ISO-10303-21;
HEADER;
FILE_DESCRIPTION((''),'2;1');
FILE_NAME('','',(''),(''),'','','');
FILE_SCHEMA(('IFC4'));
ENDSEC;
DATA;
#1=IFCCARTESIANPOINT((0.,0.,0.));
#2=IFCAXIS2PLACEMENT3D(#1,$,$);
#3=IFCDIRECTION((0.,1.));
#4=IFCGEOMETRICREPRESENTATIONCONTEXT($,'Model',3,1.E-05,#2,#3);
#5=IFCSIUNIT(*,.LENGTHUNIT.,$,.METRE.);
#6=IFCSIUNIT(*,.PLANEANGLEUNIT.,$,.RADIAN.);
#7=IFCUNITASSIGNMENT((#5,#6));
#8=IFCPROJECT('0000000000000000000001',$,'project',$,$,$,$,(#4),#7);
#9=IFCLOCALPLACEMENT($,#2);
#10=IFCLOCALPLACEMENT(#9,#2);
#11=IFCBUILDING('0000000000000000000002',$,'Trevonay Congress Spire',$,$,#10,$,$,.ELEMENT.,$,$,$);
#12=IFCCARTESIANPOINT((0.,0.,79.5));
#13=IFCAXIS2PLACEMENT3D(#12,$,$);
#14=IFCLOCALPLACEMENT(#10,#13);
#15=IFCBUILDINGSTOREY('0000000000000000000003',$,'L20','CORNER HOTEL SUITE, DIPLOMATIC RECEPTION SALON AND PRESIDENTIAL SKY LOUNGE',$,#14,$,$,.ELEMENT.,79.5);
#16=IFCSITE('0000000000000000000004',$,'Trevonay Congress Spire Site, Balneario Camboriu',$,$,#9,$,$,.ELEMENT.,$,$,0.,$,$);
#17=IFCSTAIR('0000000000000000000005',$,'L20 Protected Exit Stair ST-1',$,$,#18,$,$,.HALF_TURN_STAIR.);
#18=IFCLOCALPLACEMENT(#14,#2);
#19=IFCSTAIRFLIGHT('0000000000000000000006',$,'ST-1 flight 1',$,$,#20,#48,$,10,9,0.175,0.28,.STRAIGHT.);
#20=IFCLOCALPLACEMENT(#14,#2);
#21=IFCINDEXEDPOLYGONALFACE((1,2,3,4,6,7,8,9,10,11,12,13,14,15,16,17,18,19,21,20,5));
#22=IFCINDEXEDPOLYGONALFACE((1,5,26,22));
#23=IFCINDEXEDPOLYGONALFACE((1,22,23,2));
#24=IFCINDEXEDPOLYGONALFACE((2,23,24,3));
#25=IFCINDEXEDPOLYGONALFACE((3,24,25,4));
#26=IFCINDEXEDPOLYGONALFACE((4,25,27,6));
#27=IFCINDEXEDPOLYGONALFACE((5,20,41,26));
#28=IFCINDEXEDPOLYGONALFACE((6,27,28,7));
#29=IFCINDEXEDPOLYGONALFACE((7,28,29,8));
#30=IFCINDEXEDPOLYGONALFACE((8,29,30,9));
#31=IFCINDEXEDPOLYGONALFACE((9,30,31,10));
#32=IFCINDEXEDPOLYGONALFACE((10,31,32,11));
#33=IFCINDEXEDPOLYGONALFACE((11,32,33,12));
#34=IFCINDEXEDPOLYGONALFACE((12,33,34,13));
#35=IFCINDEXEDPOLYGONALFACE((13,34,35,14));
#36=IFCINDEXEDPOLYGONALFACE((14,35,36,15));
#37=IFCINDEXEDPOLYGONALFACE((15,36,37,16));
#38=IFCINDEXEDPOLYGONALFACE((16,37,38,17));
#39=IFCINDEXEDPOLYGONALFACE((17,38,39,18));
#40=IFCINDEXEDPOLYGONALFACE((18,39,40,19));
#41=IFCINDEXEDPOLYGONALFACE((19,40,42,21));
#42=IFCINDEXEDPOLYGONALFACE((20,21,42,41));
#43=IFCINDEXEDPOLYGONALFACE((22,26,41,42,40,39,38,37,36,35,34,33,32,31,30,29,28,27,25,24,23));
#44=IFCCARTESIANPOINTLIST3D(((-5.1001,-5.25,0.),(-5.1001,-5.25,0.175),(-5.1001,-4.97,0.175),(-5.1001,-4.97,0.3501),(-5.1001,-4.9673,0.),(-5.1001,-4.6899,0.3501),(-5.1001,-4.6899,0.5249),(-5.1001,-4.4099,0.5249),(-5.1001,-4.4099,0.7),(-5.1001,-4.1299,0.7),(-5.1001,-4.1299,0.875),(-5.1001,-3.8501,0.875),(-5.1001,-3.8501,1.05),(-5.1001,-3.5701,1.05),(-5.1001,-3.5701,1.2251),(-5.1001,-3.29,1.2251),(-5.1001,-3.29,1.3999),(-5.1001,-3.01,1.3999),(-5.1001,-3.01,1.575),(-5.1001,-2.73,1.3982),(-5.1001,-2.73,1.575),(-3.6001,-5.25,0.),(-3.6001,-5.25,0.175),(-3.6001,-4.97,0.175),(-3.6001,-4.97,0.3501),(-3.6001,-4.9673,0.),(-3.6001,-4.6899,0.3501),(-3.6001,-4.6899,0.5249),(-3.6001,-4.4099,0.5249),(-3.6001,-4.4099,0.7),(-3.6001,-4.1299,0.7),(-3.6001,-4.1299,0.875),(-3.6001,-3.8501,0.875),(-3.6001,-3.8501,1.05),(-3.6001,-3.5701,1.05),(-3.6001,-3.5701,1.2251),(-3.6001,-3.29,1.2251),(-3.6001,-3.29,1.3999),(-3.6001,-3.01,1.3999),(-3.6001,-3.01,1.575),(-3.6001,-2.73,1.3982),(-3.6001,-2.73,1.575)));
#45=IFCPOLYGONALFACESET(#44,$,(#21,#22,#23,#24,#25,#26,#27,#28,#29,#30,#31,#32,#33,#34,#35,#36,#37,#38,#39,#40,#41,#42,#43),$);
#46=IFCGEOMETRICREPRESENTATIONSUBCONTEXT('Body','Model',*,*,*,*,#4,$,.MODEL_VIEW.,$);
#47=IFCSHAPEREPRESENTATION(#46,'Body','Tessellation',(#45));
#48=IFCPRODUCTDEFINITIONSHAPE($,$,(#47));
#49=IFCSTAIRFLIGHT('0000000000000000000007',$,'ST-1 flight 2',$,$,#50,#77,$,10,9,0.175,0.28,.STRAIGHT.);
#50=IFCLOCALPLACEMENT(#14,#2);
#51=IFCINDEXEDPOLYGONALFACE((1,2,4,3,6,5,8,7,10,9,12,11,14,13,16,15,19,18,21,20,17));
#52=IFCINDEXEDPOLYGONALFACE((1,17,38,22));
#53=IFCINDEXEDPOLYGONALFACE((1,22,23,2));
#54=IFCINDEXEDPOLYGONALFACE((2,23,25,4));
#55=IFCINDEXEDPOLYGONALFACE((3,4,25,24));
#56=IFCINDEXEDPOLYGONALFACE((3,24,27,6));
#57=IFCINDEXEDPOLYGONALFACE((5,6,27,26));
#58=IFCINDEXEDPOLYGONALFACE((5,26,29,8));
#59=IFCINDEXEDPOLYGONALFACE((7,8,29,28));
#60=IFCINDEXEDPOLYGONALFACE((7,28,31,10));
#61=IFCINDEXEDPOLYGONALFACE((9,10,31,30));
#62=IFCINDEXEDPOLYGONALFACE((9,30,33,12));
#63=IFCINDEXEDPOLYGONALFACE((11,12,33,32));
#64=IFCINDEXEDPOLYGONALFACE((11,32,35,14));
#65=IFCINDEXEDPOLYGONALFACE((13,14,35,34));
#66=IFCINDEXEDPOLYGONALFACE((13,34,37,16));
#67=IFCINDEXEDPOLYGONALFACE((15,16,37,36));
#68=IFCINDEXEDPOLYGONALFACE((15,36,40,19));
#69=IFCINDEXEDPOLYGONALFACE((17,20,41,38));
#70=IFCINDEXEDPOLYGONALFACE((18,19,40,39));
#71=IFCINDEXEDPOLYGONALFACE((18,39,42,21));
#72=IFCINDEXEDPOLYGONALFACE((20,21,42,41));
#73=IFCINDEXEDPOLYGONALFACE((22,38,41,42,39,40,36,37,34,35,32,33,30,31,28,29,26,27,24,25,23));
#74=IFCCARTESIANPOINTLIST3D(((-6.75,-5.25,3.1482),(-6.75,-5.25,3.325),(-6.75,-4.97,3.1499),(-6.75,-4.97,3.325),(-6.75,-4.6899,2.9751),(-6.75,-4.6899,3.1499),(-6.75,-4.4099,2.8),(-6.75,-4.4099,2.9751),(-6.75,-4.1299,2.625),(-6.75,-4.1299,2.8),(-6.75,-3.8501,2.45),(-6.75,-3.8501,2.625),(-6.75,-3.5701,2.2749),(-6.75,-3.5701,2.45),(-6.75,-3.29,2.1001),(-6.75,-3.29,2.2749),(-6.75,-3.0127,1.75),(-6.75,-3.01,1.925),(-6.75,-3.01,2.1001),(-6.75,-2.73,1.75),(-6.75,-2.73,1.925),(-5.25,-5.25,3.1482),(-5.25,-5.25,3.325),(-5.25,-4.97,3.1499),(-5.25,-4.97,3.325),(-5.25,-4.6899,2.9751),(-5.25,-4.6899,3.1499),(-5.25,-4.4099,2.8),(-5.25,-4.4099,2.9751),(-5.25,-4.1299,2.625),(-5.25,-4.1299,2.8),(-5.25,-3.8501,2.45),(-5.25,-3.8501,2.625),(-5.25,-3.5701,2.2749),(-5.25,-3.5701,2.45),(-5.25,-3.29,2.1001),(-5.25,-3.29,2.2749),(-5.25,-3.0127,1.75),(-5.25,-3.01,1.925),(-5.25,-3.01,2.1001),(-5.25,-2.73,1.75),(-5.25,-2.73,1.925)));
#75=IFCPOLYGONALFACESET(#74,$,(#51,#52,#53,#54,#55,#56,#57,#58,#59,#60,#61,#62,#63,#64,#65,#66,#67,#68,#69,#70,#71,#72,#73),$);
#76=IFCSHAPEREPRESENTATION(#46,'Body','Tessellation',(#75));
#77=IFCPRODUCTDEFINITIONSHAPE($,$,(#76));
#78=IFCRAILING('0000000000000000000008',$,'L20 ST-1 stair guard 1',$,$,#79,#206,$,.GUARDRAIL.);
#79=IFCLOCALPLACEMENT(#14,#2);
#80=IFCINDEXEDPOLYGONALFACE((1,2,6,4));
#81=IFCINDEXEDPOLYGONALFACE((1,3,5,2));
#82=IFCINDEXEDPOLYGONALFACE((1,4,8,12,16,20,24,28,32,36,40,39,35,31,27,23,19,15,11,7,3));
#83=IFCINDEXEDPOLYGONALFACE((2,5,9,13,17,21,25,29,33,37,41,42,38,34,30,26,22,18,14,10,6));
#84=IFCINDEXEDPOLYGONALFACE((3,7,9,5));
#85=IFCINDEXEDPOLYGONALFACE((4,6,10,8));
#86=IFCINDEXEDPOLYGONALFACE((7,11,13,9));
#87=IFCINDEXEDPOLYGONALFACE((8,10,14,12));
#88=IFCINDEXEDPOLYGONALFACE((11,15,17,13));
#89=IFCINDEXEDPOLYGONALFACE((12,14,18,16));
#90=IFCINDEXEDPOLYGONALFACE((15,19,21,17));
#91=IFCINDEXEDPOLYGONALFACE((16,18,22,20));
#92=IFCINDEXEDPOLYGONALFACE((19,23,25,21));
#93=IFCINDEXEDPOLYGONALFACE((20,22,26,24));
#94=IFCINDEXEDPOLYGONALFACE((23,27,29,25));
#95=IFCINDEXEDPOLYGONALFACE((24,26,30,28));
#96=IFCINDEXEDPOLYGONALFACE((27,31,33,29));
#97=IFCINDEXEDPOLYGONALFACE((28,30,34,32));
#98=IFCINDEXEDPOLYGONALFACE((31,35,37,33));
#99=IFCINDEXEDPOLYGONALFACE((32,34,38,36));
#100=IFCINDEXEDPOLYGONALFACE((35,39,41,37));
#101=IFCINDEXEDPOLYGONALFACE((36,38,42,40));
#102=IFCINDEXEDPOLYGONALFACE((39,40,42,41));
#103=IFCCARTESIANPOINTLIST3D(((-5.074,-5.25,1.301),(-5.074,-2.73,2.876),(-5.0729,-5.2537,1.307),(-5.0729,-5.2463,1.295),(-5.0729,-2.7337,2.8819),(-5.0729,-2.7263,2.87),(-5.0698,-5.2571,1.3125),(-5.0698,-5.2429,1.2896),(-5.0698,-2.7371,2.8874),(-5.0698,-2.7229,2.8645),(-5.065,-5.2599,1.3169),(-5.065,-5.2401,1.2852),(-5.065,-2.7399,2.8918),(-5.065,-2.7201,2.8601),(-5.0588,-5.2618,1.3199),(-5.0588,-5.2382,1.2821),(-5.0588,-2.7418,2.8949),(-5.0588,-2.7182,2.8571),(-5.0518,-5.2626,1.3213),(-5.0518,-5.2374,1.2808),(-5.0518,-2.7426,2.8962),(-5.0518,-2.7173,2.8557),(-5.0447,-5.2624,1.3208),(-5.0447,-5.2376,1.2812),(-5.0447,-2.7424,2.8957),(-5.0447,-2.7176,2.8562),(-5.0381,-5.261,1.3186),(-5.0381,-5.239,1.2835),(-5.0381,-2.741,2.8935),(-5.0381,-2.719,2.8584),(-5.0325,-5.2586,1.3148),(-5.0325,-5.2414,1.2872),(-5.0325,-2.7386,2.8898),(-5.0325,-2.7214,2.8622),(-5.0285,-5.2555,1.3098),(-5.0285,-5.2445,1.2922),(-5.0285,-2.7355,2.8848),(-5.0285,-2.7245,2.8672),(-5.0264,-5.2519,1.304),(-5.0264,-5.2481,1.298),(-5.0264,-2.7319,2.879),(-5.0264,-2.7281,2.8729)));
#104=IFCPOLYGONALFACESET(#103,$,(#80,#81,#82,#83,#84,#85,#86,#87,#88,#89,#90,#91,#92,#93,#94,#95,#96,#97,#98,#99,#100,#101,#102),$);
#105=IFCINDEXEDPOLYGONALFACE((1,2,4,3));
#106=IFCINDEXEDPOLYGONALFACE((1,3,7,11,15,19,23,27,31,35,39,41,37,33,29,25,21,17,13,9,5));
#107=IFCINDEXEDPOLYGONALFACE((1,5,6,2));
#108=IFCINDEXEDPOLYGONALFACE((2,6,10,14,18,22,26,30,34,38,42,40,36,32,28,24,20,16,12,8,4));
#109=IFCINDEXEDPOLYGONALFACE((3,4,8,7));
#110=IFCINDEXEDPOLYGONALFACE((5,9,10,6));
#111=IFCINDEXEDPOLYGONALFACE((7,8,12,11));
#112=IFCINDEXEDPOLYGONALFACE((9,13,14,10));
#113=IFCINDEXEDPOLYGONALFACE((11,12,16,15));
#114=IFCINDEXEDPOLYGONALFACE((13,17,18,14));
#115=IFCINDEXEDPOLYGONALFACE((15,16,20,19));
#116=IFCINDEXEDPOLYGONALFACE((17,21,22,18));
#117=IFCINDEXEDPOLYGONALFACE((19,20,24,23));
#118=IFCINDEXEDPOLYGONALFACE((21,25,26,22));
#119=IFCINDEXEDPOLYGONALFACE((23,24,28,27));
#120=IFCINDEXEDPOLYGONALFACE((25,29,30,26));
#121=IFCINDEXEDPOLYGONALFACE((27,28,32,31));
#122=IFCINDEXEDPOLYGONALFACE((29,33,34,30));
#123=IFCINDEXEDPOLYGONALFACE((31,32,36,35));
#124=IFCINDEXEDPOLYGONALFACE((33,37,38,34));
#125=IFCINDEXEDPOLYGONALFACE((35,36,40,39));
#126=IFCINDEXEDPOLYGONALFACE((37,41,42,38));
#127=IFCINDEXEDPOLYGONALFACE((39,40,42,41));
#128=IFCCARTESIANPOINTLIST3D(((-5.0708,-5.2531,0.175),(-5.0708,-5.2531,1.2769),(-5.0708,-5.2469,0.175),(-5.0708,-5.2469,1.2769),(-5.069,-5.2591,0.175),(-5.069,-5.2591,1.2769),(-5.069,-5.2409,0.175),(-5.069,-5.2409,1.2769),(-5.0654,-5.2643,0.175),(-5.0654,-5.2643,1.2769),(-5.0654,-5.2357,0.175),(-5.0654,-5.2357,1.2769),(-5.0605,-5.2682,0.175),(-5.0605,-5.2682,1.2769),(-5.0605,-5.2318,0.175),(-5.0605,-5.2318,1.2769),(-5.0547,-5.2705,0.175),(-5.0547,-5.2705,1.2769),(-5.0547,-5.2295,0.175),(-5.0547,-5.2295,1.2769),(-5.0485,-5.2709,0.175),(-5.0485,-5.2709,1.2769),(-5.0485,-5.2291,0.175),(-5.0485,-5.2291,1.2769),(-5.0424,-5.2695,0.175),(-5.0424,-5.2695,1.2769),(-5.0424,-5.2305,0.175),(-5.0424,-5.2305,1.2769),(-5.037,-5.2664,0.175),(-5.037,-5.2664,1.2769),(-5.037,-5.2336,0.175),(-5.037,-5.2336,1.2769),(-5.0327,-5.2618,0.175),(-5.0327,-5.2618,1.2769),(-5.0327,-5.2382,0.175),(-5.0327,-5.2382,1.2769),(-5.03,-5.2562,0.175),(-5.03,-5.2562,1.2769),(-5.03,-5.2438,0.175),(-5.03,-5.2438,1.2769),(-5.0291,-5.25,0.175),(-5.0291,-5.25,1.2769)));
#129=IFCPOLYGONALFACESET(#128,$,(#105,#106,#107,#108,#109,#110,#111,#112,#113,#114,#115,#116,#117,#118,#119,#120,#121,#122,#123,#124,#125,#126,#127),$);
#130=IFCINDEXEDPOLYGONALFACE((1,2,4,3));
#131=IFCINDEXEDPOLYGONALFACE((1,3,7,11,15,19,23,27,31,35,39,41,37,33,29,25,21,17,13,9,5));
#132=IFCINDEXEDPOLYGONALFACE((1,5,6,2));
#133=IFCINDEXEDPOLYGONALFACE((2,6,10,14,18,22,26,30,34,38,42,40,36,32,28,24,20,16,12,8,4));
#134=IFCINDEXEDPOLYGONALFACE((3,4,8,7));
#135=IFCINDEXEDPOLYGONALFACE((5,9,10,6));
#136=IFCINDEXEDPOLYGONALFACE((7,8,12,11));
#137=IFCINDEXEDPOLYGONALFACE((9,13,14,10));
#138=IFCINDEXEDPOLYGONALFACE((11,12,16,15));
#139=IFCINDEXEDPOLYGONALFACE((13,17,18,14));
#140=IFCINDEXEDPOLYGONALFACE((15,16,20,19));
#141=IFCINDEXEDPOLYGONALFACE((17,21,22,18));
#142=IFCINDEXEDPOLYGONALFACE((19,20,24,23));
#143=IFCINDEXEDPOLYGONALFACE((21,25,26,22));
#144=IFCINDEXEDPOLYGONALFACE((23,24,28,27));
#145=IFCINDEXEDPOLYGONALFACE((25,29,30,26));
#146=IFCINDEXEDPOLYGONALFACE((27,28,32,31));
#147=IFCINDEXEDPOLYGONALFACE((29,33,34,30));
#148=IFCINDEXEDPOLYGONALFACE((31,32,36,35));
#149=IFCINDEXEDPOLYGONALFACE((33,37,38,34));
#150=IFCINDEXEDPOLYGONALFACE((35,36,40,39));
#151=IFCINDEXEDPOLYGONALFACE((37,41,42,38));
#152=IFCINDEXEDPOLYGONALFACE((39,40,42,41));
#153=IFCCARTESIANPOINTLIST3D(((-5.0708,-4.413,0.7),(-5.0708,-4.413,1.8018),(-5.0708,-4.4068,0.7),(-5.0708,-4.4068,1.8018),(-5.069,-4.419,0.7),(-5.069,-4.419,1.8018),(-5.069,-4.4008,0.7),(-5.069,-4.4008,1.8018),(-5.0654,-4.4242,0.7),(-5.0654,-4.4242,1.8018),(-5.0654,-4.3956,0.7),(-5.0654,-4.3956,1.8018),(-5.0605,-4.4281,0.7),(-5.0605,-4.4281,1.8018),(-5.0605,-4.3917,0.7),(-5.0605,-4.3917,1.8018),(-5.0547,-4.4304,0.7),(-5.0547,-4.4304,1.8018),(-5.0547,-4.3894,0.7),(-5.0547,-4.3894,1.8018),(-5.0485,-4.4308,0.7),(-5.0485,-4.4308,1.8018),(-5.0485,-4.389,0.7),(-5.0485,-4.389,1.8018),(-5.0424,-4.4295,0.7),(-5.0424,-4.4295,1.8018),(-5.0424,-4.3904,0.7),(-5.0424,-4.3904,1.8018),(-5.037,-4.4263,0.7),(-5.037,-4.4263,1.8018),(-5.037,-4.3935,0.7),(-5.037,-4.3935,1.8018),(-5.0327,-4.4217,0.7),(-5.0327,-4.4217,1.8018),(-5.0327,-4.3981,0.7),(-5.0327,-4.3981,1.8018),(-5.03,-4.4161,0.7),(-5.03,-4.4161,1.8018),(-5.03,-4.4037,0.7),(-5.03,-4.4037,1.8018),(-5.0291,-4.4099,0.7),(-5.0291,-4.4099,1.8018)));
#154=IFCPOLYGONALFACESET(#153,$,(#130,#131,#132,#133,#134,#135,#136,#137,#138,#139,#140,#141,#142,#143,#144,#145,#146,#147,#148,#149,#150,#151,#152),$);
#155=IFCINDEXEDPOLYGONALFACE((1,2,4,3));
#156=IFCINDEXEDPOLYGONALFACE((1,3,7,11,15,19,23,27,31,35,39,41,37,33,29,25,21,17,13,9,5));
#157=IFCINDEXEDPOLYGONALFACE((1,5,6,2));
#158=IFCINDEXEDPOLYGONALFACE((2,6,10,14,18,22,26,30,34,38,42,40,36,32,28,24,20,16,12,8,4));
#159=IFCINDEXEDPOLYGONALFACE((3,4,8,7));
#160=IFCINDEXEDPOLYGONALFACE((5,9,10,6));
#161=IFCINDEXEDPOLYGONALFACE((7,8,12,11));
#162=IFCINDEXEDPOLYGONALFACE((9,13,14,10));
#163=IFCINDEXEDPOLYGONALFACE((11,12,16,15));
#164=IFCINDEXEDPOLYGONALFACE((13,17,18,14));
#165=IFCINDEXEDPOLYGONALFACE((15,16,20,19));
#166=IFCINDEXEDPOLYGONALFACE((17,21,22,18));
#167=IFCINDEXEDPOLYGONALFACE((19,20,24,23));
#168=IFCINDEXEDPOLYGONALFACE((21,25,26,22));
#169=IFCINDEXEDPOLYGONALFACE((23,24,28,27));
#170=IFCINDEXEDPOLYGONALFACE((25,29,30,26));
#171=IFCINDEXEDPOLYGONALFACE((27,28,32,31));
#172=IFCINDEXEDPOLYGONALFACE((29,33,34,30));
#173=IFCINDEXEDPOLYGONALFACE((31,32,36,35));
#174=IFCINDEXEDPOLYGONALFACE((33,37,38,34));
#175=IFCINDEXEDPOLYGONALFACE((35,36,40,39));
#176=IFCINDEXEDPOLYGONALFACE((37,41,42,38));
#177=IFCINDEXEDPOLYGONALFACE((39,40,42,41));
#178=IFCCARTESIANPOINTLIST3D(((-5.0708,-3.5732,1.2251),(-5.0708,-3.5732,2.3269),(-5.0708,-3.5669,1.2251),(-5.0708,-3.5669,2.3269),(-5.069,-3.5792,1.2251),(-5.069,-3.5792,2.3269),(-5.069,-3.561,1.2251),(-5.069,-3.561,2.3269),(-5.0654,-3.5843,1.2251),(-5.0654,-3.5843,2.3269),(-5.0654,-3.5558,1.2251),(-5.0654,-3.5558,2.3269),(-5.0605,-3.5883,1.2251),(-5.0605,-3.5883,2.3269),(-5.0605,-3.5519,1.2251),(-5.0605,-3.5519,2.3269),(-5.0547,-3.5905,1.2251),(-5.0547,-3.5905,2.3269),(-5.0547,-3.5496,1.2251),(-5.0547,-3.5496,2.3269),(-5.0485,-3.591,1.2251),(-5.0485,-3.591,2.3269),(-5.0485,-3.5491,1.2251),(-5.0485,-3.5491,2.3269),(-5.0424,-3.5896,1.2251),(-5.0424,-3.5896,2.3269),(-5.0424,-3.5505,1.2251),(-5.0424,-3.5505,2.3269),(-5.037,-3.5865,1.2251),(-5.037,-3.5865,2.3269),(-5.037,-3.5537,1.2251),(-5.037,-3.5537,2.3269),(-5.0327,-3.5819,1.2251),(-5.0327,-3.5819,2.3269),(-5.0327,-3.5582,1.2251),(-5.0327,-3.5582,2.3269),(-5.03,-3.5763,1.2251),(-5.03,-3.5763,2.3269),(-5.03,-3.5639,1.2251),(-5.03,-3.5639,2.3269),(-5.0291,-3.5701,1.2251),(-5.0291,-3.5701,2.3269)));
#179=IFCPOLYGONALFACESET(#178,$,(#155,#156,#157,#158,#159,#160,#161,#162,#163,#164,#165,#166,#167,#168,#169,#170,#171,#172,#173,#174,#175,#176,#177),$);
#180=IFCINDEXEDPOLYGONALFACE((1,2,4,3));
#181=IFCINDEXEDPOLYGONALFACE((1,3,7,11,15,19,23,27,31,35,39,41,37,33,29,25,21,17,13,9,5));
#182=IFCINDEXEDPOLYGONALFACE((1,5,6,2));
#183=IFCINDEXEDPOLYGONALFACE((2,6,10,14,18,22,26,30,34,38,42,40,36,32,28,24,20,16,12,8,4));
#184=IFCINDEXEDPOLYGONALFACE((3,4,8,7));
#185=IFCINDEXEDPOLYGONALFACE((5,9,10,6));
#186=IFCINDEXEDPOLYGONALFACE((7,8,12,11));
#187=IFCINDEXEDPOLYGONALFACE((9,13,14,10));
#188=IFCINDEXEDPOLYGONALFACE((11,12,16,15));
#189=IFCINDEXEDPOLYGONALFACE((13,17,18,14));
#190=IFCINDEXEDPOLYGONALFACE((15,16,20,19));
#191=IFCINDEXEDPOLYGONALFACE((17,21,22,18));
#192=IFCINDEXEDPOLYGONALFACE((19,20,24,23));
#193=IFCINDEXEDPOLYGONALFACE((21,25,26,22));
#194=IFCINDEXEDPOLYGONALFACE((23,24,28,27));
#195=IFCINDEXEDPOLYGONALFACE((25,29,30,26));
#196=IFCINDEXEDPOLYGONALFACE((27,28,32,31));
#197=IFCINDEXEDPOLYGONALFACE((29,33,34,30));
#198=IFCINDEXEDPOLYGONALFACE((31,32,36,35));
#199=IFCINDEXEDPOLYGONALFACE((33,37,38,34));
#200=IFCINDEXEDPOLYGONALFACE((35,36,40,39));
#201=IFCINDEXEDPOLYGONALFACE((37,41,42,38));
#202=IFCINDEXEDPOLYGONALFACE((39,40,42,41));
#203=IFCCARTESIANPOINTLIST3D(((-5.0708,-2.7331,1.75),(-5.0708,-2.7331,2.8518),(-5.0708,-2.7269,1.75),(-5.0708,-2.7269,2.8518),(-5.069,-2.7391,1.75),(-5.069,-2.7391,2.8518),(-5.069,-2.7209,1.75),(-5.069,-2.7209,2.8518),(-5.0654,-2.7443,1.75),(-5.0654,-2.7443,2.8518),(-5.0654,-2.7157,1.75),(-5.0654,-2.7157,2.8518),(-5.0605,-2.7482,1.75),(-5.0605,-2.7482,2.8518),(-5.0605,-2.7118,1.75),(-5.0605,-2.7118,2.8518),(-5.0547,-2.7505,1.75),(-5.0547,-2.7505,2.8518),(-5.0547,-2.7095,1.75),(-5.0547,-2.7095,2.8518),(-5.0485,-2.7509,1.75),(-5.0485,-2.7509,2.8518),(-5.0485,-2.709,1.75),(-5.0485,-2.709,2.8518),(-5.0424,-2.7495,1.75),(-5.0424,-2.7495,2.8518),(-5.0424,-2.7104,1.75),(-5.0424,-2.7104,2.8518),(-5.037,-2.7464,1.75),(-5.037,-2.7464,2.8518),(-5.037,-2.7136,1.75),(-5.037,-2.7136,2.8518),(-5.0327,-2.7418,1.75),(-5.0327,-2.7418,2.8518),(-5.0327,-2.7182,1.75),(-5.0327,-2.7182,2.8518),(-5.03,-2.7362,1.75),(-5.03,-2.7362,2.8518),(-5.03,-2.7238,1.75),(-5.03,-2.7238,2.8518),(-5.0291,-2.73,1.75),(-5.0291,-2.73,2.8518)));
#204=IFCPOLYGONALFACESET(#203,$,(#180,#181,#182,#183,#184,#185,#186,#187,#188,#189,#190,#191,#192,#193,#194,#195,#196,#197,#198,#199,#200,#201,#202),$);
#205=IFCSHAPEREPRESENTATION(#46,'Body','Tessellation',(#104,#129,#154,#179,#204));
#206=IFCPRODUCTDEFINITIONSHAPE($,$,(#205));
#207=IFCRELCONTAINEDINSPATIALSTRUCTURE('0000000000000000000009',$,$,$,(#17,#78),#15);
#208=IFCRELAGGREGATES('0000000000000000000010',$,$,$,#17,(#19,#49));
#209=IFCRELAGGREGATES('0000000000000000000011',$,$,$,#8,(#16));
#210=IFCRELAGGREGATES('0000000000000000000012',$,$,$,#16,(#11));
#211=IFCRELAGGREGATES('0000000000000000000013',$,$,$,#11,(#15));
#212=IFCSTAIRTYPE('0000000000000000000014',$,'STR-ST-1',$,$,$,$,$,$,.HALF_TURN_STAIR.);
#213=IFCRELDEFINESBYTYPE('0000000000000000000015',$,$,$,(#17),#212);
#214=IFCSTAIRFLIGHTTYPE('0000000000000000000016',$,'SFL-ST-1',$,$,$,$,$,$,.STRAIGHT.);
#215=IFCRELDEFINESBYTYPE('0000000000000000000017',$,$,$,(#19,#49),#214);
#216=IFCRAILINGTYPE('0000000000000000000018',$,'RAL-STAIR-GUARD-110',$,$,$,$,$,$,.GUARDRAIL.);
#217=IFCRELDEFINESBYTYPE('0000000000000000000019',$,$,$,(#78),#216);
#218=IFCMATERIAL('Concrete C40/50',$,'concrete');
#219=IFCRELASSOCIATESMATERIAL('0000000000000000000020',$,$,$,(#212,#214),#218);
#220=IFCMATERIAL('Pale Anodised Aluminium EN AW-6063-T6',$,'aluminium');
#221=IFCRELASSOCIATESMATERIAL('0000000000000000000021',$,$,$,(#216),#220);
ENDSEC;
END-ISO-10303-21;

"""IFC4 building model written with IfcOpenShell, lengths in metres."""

from ifc_helpers import new_model, si_unit, direction, frame, origin, origin_2d, place, context, subcontext, project, spatial, polyline, circle, outline, extrude, material, type_object, element, aggregate, save


model = new_model("IFC4")

# Units and contexts
model_context = context("Model", 3, precision=1e-05, world=origin(), true_north=direction((0.0, 1.0)))
body_context = subcontext(model_context, "Body", "Model", "MODEL_VIEW")
ifc_project = project(units=[si_unit("LENGTHUNIT", "METRE"), si_unit("PLANEANGLEUNIT", "RADIAN")], contexts=[model_context])

# Site, building, storey
site_placement = place(None, origin())
site = spatial("IfcSite", under=ifc_project, at=site_placement, Name="Trevonay Congress Spire Site, Balneario Camboriu", CompositionType="ELEMENT", RefElevation=0.0)
building_placement = place(site_placement, origin())
building = spatial("IfcBuilding", under=site, at=building_placement, Name="Trevonay Congress Spire", CompositionType="ELEMENT")
storey_placement = place(building_placement, frame((0.0, 0.0, 79.5)))
storey = spatial("IfcBuildingStorey", under=building, at=storey_placement, Name="L20", Description="CORNER HOTEL SUITE, DIPLOMATIC RECEPTION SALON AND PRESIDENTIAL SKY LOUNGE", CompositionType="ELEMENT", Elevation=79.5)

# Shared definitions
ifc_material_1 = material(Name="Pale Anodised Aluminium EN AW-6063-T6", Category="aluminium")

# Shared definitions
ifc_material_2 = material(Name="Concrete C40/50", Category="concrete")

# Stair, stair flights
stair_type = type_object("IfcStairType", Name="STR-ST-1", PredefinedType="HALF_TURN_STAIR", material=ifc_material_2)
stair_placement = place(storey_placement, origin())
stair = element("IfcStair", 1, at=stair_placement, inside=storey, type_object=stair_type, Name="L20 Protected Exit Stair ST-1", PredefinedType="HALF_TURN_STAIR")
stair_flight_type = type_object("IfcStairFlightType", Name="SFL-ST-1", PredefinedType="STRAIGHT", material=ifc_material_2)
stair_flight_1_placement = place(storey_placement, frame((-4.3501, -5.25, 0.0), z_axis=(0.0, 0.0, 1.0), x_axis=(0.0, 1.0, 0.0)))
stair_flight_1 = element("IfcStairFlight", 2, at=stair_flight_1_placement, type_object=stair_flight_type, Name="ST-1 flight 1", NumberOfRisers=10, NumberOfTreads=9, PredefinedType="STRAIGHT", RiserHeight=0.175, TreadLength=0.28, context=body_context, shape_type="SweptSolid", body=[
    extrude(outline(polyline([(0.0, 0.0), (0.0, 0.175), (0.28, 0.175), (0.28, 0.3501), (0.5601, 0.3501), (0.5601, 0.5249), (0.8401, 0.5249), (0.8401, 0.7), (1.1201, 0.7), (1.1201, 0.875), (1.3999, 0.875), (1.3999, 1.05), (1.6799, 1.05), (1.6799, 1.2251), (1.96, 1.2251), (1.96, 1.3999), (2.24, 1.3999), (2.24, 1.575), (2.52, 1.575), (2.52, 1.75), (2.52, 1.3982), (0.2827, 0.0), (0.0, 0.0)])), frame((0.0, 0.75, 0.0), z_axis=(0.0, -1.0, 0.0), x_axis=(1.0, 0.0, 0.0)), (0.0, 0.0, 1.0), 1.5),
])
stair_flight_2_placement = place(storey_placement, frame((-6.0, -2.73, 1.75), z_axis=(0.0, 0.0, 1.0), x_axis=(0.0, -1.0, 0.0)))
stair_flight_2 = element("IfcStairFlight", 3, at=stair_flight_2_placement, type_object=stair_flight_type, Name="ST-1 flight 2", NumberOfRisers=10, NumberOfTreads=9, PredefinedType="STRAIGHT", RiserHeight=0.175, TreadLength=0.28, context=body_context, shape_type="SweptSolid", body=[
    extrude(outline(polyline([(0.0, 0.0), (0.0, 0.175), (0.28, 0.175), (0.28, 0.3501), (0.5601, 0.3501), (0.5601, 0.5249), (0.8401, 0.5249), (0.8401, 0.7), (1.1201, 0.7), (1.1201, 0.875), (1.3999, 0.875), (1.3999, 1.05), (1.6799, 1.05), (1.6799, 1.2251), (1.96, 1.2251), (1.96, 1.3999), (2.24, 1.3999), (2.24, 1.575), (2.52, 1.575), (2.52, 1.75), (2.52, 1.3982), (0.2827, 0.0), (0.0, 0.0)])), frame((0.0, 0.75, 0.0), z_axis=(0.0, -1.0, 0.0), x_axis=(1.0, 0.0, 0.0)), (0.0, 0.0, 1.0), 1.5),
])
aggregate(stair, [stair_flight_1, stair_flight_2])

# Railing
railing_type_1 = type_object("IfcRailingType", Name="RAL-STAIR-GUARD-110", PredefinedType="GUARDRAIL", material=ifc_material_1)
railing_1_placement = place(storey_placement, frame((-5.05, -5.25, 0.175)))
element("IfcRailing", 4, at=railing_1_placement, inside=storey, type_object=railing_type_1, Name="L20 ST-1 stair guard 1", PredefinedType="GUARDRAIL", context=body_context, shape_type="SweptSolid", body=[
    extrude(circle(Radius=0.0239, at=origin_2d()), frame((0.0, 0.0, 1.126), z_axis=(0.0, 0.848008, 0.529984), x_axis=(-1.0, 0.0, 0.0)), (0.0, 0.0, 1.0), 2.9717),
    extrude(circle(Radius=0.021, at=origin_2d()), origin(), (0.0, 0.0, 1.0), 1.1018),
    extrude(circle(Radius=0.021, at=origin_2d()), frame((0.0, 0.8401, 0.5249)), (0.0, 0.0, 1.0), 1.1018),
    extrude(circle(Radius=0.021, at=origin_2d()), frame((0.0, 1.6799, 1.05)), (0.0, 0.0, 1.0), 1.1018),
    extrude(circle(Radius=0.021, at=origin_2d()), frame((0.0, 2.52, 1.575)), (0.0, 0.0, 1.0), 1.1018),
])

save(model, "model.ifc")
